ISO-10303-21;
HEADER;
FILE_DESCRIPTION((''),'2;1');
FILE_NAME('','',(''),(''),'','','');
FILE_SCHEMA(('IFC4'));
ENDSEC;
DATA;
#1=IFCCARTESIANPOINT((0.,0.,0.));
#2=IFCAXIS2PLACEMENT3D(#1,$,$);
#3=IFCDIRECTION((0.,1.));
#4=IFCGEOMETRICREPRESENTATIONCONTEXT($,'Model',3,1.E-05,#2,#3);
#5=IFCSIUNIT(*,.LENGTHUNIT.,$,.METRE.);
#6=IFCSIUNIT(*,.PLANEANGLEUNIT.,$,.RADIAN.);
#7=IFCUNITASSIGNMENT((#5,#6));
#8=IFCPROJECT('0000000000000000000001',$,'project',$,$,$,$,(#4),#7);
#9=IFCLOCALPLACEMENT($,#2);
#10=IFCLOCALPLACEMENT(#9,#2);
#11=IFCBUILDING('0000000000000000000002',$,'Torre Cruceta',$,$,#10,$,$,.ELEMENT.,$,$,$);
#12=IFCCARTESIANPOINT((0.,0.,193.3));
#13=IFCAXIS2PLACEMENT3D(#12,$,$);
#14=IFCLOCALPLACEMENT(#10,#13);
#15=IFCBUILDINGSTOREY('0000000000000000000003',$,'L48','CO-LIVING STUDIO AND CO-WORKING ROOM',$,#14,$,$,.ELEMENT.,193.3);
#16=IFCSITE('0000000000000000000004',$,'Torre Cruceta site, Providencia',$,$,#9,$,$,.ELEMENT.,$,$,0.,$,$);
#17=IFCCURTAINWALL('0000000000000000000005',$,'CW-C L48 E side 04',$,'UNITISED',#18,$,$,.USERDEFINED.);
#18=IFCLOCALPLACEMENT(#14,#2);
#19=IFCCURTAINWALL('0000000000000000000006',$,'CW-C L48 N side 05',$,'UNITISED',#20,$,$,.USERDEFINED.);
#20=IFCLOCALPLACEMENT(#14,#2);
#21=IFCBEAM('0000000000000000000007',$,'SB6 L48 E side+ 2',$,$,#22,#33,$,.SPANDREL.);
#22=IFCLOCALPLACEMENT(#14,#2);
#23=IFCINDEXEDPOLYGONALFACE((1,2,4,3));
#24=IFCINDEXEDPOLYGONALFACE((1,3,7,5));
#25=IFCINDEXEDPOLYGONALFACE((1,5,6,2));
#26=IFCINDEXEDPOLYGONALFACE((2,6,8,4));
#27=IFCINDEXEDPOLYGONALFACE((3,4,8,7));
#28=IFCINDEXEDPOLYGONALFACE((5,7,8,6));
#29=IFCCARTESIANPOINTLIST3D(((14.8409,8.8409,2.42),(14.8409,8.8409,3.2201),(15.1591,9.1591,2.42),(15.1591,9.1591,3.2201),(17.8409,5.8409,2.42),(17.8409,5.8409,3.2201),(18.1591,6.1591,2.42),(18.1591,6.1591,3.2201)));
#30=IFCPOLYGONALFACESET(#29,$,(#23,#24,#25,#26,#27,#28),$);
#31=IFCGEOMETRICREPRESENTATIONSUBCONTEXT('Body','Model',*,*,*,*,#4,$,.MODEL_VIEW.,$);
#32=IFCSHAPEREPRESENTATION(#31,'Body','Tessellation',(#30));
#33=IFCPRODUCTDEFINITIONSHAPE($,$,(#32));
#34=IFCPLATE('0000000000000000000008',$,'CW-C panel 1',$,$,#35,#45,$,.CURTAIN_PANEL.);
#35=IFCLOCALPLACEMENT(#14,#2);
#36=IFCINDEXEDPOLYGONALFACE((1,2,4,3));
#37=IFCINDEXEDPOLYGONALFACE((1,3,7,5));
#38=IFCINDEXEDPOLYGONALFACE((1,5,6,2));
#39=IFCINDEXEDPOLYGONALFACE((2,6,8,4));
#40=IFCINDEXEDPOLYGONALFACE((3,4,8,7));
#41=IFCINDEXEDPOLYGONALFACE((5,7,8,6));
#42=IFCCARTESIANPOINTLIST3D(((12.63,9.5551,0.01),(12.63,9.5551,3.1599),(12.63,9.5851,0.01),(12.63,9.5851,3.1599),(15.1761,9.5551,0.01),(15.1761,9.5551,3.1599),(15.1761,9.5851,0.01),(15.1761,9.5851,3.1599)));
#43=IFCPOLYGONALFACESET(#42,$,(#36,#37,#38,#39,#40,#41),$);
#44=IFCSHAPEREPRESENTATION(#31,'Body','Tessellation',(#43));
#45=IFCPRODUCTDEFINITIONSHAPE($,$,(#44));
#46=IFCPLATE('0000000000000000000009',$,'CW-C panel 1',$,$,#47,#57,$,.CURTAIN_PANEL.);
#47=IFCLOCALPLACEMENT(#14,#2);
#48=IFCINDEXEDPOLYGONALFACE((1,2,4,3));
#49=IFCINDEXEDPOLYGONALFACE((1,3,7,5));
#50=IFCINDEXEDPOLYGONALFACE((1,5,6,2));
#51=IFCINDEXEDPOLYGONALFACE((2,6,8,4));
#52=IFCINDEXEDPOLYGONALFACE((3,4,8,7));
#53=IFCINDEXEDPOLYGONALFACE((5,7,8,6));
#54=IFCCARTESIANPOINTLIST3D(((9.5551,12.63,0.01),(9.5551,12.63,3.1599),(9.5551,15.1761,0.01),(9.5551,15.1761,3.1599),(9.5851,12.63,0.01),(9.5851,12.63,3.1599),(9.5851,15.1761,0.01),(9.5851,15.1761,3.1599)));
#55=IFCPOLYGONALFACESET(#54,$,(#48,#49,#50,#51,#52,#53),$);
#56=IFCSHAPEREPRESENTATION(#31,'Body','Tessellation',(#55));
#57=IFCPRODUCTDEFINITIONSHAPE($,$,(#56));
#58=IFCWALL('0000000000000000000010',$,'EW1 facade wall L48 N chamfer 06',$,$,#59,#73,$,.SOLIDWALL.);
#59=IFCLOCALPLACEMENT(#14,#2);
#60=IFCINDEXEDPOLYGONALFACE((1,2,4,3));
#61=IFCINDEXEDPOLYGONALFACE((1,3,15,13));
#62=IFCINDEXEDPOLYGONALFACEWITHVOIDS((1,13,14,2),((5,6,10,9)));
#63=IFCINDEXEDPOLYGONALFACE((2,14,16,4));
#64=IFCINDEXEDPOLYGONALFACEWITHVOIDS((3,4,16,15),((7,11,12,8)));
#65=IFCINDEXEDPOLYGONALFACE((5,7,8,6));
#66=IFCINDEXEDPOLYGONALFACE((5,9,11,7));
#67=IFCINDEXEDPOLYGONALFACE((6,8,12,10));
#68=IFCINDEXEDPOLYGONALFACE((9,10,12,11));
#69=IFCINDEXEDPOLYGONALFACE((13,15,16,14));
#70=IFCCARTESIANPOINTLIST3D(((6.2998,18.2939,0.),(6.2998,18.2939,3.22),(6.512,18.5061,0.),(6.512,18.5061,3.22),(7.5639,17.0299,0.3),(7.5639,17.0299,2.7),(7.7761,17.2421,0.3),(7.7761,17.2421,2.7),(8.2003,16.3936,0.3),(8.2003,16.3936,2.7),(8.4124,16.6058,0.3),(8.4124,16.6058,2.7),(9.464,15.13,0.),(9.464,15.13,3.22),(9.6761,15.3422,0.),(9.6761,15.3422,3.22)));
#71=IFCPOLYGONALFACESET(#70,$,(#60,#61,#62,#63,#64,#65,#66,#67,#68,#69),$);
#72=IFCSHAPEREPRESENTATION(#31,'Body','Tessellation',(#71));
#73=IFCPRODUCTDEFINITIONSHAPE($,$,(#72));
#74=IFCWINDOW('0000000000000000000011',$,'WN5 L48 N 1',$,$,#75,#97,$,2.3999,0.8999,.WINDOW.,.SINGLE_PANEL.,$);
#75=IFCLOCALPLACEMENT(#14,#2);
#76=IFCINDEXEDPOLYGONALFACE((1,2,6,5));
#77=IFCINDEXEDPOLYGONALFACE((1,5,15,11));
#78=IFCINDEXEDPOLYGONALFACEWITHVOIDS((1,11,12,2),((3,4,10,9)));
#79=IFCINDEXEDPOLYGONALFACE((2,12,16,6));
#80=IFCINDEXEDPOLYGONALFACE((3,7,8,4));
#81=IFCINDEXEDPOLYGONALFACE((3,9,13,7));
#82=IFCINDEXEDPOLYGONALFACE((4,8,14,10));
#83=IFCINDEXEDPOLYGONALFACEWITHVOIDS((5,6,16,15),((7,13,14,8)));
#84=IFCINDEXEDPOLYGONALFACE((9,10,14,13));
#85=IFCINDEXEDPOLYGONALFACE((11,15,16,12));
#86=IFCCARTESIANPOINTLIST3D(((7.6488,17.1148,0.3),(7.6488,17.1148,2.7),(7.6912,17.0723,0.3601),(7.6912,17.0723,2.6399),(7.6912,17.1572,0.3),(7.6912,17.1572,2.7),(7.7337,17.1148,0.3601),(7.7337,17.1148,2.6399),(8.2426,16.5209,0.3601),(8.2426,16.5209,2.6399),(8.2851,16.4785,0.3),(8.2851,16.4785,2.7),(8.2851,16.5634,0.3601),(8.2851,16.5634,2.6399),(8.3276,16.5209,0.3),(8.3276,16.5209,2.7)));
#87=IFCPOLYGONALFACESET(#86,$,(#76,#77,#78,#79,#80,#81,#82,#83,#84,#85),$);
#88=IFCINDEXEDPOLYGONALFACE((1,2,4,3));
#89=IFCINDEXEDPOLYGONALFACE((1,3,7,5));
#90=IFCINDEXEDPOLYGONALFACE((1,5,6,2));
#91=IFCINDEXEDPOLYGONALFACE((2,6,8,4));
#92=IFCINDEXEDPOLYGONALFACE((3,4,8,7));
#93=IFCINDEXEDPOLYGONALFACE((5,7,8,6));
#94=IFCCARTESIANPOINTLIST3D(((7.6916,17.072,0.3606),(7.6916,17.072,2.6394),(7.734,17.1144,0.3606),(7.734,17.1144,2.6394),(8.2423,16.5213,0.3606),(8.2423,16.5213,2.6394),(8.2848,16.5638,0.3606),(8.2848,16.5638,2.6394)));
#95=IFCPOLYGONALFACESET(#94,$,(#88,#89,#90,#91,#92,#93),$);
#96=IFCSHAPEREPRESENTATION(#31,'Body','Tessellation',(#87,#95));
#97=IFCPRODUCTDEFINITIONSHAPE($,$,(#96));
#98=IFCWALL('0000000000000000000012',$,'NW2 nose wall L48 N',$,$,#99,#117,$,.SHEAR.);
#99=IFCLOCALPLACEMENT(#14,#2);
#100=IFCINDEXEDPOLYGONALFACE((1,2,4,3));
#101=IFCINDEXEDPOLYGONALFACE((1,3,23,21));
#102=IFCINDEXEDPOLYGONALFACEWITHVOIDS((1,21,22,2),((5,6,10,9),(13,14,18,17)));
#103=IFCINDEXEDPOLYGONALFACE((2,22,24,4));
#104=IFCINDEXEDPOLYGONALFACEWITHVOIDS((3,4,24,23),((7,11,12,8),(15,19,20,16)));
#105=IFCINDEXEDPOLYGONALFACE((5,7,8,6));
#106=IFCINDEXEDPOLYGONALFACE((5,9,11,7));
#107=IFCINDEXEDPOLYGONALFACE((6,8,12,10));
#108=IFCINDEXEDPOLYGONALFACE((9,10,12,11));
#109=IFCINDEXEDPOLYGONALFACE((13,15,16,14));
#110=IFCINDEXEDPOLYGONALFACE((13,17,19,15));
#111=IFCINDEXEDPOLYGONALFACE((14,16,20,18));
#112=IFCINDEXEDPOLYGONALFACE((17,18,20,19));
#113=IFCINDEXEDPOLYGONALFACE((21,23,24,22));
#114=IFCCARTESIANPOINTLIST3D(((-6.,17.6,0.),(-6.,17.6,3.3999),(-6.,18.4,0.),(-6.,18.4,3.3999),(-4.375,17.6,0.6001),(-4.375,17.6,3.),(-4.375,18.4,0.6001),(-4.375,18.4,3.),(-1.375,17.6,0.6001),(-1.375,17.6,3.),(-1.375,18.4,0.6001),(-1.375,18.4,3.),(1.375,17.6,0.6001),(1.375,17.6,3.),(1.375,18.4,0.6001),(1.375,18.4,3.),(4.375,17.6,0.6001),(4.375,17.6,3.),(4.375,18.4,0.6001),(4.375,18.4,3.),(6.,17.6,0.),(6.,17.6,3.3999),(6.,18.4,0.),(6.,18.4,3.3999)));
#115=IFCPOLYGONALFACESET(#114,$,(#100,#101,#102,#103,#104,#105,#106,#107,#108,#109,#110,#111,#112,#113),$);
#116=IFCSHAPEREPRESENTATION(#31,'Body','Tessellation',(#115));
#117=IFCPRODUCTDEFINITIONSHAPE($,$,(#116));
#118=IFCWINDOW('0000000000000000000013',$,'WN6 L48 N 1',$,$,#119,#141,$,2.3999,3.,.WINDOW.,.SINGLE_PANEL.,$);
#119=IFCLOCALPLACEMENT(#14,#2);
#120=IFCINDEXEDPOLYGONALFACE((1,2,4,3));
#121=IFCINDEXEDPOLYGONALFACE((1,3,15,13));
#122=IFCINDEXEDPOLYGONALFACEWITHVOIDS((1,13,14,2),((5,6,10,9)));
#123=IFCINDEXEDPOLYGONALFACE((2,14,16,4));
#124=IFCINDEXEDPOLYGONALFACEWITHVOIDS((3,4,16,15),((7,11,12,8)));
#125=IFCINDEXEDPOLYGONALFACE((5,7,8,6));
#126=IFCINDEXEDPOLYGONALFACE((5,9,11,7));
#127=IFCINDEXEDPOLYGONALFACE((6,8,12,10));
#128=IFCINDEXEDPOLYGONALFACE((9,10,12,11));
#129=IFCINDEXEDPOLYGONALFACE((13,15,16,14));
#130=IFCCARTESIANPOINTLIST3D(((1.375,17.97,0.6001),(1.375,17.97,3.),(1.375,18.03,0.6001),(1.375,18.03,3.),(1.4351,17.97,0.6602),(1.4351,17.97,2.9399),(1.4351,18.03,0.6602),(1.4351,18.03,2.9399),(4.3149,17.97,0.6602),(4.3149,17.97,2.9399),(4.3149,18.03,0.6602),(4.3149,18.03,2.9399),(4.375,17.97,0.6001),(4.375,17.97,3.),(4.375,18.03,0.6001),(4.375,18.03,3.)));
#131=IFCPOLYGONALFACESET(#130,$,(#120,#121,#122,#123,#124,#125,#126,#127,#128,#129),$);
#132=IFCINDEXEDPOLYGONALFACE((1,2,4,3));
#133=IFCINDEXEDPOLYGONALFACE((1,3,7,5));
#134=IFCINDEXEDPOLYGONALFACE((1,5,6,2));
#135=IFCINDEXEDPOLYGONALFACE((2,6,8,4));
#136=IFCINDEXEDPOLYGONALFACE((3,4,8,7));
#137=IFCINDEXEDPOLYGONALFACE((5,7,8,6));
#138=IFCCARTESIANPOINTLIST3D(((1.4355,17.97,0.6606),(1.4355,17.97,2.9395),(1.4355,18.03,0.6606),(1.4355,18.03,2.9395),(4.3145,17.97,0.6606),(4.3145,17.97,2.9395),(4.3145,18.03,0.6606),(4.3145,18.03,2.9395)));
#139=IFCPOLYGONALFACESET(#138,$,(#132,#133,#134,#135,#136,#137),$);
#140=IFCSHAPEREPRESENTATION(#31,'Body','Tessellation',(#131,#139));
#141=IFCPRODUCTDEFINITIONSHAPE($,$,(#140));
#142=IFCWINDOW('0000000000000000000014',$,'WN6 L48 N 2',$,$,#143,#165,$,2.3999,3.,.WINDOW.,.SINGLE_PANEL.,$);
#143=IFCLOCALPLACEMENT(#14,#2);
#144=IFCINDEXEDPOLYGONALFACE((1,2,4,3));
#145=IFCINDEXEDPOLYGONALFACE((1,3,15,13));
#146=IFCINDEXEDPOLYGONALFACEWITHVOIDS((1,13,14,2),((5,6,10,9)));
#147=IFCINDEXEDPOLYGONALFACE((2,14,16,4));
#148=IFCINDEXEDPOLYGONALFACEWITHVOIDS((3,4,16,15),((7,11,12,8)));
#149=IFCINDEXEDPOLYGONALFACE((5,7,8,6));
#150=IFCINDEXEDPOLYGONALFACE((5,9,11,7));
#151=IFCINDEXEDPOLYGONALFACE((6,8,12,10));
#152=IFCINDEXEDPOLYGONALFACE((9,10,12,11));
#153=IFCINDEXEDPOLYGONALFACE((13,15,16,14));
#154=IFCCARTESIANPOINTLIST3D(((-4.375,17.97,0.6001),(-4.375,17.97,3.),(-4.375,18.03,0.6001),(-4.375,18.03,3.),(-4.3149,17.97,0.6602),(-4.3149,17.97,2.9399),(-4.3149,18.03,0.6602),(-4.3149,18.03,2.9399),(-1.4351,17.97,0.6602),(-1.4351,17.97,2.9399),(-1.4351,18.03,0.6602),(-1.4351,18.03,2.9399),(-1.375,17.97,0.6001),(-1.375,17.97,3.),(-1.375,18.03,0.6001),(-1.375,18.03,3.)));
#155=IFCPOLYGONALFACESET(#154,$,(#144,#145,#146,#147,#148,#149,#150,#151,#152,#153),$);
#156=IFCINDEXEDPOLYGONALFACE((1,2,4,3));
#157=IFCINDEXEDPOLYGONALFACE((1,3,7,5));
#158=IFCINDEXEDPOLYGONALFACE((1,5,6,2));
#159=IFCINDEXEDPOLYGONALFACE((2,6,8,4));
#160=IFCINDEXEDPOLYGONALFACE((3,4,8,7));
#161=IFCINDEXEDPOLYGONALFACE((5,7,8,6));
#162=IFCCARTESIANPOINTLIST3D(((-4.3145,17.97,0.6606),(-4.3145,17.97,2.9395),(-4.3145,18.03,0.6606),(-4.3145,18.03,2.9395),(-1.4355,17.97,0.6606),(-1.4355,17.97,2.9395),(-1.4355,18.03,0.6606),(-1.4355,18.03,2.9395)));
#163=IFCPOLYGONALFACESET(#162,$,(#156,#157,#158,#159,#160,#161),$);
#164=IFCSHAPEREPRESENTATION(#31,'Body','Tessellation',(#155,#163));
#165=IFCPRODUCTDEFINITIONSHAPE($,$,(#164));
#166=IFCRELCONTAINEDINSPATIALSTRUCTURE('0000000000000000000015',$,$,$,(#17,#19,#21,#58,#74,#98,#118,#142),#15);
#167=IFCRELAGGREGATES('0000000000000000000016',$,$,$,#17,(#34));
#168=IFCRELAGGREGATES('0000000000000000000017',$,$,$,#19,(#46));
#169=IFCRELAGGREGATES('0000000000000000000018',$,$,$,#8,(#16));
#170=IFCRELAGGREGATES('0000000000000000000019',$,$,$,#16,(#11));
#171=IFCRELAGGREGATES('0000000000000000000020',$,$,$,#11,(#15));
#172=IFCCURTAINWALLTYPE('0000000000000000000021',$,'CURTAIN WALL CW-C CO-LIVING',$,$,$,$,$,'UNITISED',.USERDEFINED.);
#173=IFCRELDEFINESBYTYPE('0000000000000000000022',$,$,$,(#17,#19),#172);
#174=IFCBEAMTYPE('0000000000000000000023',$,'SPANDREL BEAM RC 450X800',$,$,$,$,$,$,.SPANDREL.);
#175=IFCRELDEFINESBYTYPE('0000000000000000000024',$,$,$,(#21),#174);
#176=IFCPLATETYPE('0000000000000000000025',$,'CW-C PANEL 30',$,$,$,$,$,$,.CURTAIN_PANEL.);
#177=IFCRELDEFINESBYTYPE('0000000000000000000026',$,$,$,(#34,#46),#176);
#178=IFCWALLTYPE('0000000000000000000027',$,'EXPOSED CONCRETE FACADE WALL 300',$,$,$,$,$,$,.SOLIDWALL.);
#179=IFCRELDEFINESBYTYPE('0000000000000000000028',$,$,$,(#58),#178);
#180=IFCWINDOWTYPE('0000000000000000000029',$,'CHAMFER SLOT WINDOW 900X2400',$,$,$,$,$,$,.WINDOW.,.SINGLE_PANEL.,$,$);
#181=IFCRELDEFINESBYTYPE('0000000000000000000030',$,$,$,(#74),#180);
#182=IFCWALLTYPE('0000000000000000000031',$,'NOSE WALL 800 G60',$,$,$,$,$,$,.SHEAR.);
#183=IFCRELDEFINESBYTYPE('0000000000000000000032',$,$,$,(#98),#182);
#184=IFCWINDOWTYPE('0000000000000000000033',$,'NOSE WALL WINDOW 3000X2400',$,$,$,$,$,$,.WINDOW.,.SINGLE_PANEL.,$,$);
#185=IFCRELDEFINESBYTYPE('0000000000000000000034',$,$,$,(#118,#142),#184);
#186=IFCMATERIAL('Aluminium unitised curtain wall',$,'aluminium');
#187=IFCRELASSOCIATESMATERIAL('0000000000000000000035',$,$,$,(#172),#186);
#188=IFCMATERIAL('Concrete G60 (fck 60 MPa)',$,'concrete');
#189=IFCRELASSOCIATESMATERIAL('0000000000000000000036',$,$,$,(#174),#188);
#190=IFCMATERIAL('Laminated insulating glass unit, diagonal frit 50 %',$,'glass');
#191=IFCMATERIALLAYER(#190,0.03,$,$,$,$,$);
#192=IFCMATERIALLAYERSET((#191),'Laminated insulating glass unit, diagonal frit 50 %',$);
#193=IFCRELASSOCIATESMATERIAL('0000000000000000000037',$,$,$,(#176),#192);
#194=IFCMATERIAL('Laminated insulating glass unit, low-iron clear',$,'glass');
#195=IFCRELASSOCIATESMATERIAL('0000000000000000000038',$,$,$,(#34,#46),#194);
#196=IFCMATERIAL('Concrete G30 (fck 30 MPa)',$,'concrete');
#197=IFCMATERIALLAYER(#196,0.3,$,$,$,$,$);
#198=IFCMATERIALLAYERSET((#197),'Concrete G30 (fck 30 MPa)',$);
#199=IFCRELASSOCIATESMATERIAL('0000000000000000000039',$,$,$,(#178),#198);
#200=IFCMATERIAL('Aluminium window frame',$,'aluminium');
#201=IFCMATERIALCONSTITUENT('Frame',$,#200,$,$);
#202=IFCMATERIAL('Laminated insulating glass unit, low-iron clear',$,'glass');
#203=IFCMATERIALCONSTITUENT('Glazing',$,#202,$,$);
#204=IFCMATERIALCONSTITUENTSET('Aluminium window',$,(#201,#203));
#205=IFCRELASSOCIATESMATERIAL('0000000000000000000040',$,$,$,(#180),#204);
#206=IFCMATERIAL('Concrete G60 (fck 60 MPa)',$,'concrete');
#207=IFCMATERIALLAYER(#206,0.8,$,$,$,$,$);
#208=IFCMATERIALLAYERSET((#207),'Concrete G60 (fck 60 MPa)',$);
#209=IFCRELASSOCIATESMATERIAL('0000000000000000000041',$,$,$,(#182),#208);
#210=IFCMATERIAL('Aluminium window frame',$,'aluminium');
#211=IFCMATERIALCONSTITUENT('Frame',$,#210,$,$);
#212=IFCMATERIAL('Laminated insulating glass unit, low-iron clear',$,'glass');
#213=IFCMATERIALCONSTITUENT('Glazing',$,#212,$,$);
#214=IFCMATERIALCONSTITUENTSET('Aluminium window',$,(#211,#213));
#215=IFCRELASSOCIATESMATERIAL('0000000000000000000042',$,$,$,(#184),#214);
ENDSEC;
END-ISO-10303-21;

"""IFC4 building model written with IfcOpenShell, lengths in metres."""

from ifc_helpers import new_model, si_unit, direction, frame, frame_2d, origin, origin_2d, place, context, subcontext, project, spatial, rectangle, hollow_rectangle, extrude, material, layer, layer_set, constituent, constituent_set, material_profile, profile_set, type_object, element, fill, aggregate, save


model = new_model("IFC4")

# Units and contexts
model_context = context("Model", 3, precision=1e-05, world=origin(), true_north=direction((0.0, 1.0)))
body_context = subcontext(model_context, "Body", "Model", "MODEL_VIEW")
ifc_project = project(units=[si_unit("LENGTHUNIT", "METRE"), si_unit("PLANEANGLEUNIT", "RADIAN")], contexts=[model_context])

# Site, building, storey
site_placement = place(None, origin())
site = spatial("IfcSite", under=ifc_project, at=site_placement, Name="Torre Cruceta site, Providencia", CompositionType="ELEMENT", RefElevation=0.0)
building_placement = place(site_placement, origin())
building = spatial("IfcBuilding", under=site, at=building_placement, Name="Torre Cruceta", CompositionType="ELEMENT")
storey_placement = place(building_placement, frame((0.0, 0.0, 193.3)))
storey = spatial("IfcBuildingStorey", under=building, at=storey_placement, Name="L48", Description="CO-LIVING STUDIO AND CO-WORKING ROOM", CompositionType="ELEMENT", Elevation=193.3)

# Curtain walls
ifc_material_1 = material(Name="Aluminium unitised curtain wall", Category="aluminium")
curtain_wall_type = type_object("IfcCurtainWallType", Name="CURTAIN WALL CW-C CO-LIVING", ElementType="UNITISED", PredefinedType="USERDEFINED", material=ifc_material_1)
curtain_wall_1_placement = place(storey_placement, origin())
curtain_wall_1 = element("IfcCurtainWall", 1, at=curtain_wall_1_placement, inside=storey, type_object=curtain_wall_type, Name="CW-C L48 E side 04", ObjectType="UNITISED", PredefinedType="USERDEFINED")
curtain_wall_2_placement = place(storey_placement, origin())
curtain_wall_2 = element("IfcCurtainWall", 2, at=curtain_wall_2_placement, inside=storey, type_object=curtain_wall_type, Name="CW-C L48 N side 05", ObjectType="UNITISED", PredefinedType="USERDEFINED")

# Beam
ifc_material_2 = material(Name="Concrete G60 (fck 60 MPa)", Category="concrete")
ifc_material_profile_1 = material_profile(ifc_material_2, rectangle(XDim=0.45, YDim=0.8, at=origin_2d()), Name="RC 450X800")
ifc_profile_set_1 = profile_set([ifc_material_profile_1], Name="Concrete G60 (fck 60 MPa)")
beam_type_1 = type_object("IfcBeamType", Name="SPANDREL BEAM RC 450X800", PredefinedType="SPANDREL", material=ifc_profile_set_1)
for number, where, z_axis, x_axis, name in (
    (3, (15.0, 9.0, 2.8201), (0.707107, -0.707107, 0.0), (0.707107, 0.707107, 0.0), "SB6 L48 E side+ 2"),
):
    element("IfcBeam", number, at=place(storey_placement, frame(where, z_axis=z_axis, x_axis=x_axis)), inside=storey, type_object=beam_type_1, Name=name, PredefinedType="SPANDREL", context=body_context, shape_type="SweptSolid", body=[
        extrude(rectangle(XDim=0.45, YDim=0.8, at=origin_2d()), origin(), (0.0, 0.0, 1.0), 4.2427),
    ])

# Plates
ifc_material_3 = material(Name="Laminated insulating glass unit, low-iron clear", Category="glass")
ifc_material_4 = material(Name="Laminated insulating glass unit, diagonal frit 50 %", Category="glass")
ifc_layer_1 = layer(ifc_material_4, 0.03)
ifc_layer_set_1 = layer_set([ifc_layer_1], Name="Laminated insulating glass unit, diagonal frit 50 %")
plate_type = type_object("IfcPlateType", Name="CW-C PANEL 30", PredefinedType="CURTAIN_PANEL", material=ifc_layer_set_1)
plate_1_placement = place(storey_placement, frame((13.9031, 9.5701, 0.01), z_axis=(0.0, 0.0, 1.0), x_axis=(-1.0, 0.0, 0.0)))
plate_1 = element("IfcPlate", 4, at=plate_1_placement, type_object=plate_type, material=ifc_material_3, Name="CW-C panel 1", PredefinedType="CURTAIN_PANEL", context=body_context, shape_type="SweptSolid", body=[
    extrude(rectangle(XDim=2.5461, YDim=0.03, at=origin_2d()), origin(), (0.0, 0.0, 1.0), 3.1499),
])
aggregate(curtain_wall_1, [plate_1])
plate_2_placement = place(storey_placement, frame((9.5701, 13.9031, 0.01), z_axis=(0.0, 0.0, 1.0), x_axis=(0.0, 1.0, 0.0)))
plate_2 = element("IfcPlate", 5, at=plate_2_placement, type_object=plate_type, material=ifc_material_3, Name="CW-C panel 1", PredefinedType="CURTAIN_PANEL", context=body_context, shape_type="SweptSolid", body=[
    extrude(rectangle(XDim=2.5461, YDim=0.03, at=origin_2d()), origin(), (0.0, 0.0, 1.0), 3.1499),
])
aggregate(curtain_wall_2, [plate_2])

# Wall, opening, window
ifc_material_5 = material(Name="Concrete G30 (fck 30 MPa)", Category="concrete")
ifc_layer_2 = layer(ifc_material_5, 0.3)
ifc_layer_set_2 = layer_set([ifc_layer_2], Name="Concrete G30 (fck 30 MPa)")
wall_type_1 = type_object("IfcWallType", Name="EXPOSED CONCRETE FACADE WALL 300", PredefinedType="SOLIDWALL", material=ifc_layer_set_2)
wall_1_placement = place(storey_placement, frame((9.5701, 15.2361, 0.0), z_axis=(0.0, 0.0, 1.0), x_axis=(-0.707134, 0.707079, 0.0)))
wall_1 = element("IfcWall", 6, at=wall_1_placement, inside=storey, type_object=wall_type_1, Name="EW1 facade wall L48 N chamfer 06", PredefinedType="SOLIDWALL", context=body_context, shape_type="SweptSolid", body=[
    extrude(rectangle(XDim=4.4746, YDim=0.3, at=frame_2d((2.2373, 0.0))), origin(), (0.0, 0.0, 1.0), 3.22),
])
opening_1_placement = place(wall_1_placement, frame((1.7871, 0.0, 0.3)))
opening_1 = element("IfcOpeningElement", 7, at=opening_1_placement, cuts=wall_1, PredefinedType="OPENING", context=body_context, shape_type="SweptSolid", body=[
    extrude(rectangle(XDim=0.8999, YDim=2.3999, at=frame_2d((0.45, 1.2))), frame((0.0, 0.1599, 0.0), z_axis=(0.0, -1.0, 0.0), x_axis=(1.0, 0.0, 0.0)), (0.0, 0.0, 1.0), 0.3201),
])
ifc_material_6 = material(Name="Aluminium window frame", Category="aluminium")
ifc_constituent_1 = constituent(ifc_material_6, Name="Frame")
ifc_material_7 = material(Name="Laminated insulating glass unit, low-iron clear", Category="glass")
ifc_constituent_2 = constituent(ifc_material_7, Name="Glazing")
ifc_constituent_set_1 = constituent_set(constituents=[ifc_constituent_1, ifc_constituent_2], Name="Aluminium window")
window_type_1 = type_object("IfcWindowType", Name="CHAMFER SLOT WINDOW 900X2400", PartitioningType="SINGLE_PANEL", PredefinedType="WINDOW", material=ifc_constituent_set_1)
window_1_placement = place(opening_1_placement, origin())
window_1 = element("IfcWindow", 8, at=window_1_placement, inside=storey, type_object=window_type_1, Name="WN5 L48 N 1", OverallHeight=2.3999, OverallWidth=0.8999, PartitioningType="SINGLE_PANEL", PredefinedType="WINDOW", context=body_context, shape_type="SweptSolid", body=[
    extrude(hollow_rectangle(XDim=0.8999, YDim=2.3999, WallThickness=0.0601, at=frame_2d((0.45, 1.2))), frame((0.0, 0.03, 0.0), z_axis=(0.0, -1.0, 0.0), x_axis=(1.0, 0.0, 0.0)), (0.0, 0.0, 1.0), 0.0601),
    extrude(rectangle(XDim=0.7788, YDim=2.2788, at=frame_2d((0.45, 1.2))), frame((0.0, 0.03, 0.0), z_axis=(0.0, -1.0, 0.0), x_axis=(1.0, 0.0, 0.0)), (0.0, 0.0, 1.0), 0.0601),
])
fill(opening_1, window_1)

# Wall, openings, windows
ifc_material_8 = material(Name="Concrete G60 (fck 60 MPa)", Category="concrete")
ifc_layer_3 = layer(ifc_material_8, 0.8)
ifc_layer_set_3 = layer_set([ifc_layer_3], Name="Concrete G60 (fck 60 MPa)")
wall_type_2 = type_object("IfcWallType", Name="NOSE WALL 800 G60", PredefinedType="SHEAR", material=ifc_layer_set_3)
wall_2_placement = place(storey_placement, frame((6.0, 18.0, 0.0), z_axis=(0.0, 0.0, 1.0), x_axis=(-1.0, 0.0, 0.0)))
wall_2 = element("IfcWall", 9, at=wall_2_placement, inside=storey, type_object=wall_type_2, Name="NW2 nose wall L48 N", PredefinedType="SHEAR", context=body_context, shape_type="SweptSolid", body=[
    extrude(rectangle(XDim=12.0, YDim=0.8, at=frame_2d((6.0, 0.0))), origin(), (0.0, 0.0, 1.0), 3.3999),
])
opening_2_placement = place(wall_2_placement, frame((1.625, 0.0, 0.6001)))
opening_2 = element("IfcOpeningElement", 10, at=opening_2_placement, cuts=wall_2, PredefinedType="OPENING", context=body_context, shape_type="SweptSolid", body=[
    extrude(rectangle(XDim=3.0, YDim=2.3999, at=frame_2d((1.5, 1.2))), frame((0.0, 0.4099, 0.0), z_axis=(0.0, -1.0, 0.0), x_axis=(1.0, 0.0, 0.0)), (0.0, 0.0, 1.0), 0.8201),
])
opening_3_placement = place(wall_2_placement, frame((7.375, 0.0, 0.6001)))
opening_3 = element("IfcOpeningElement", 11, at=opening_3_placement, cuts=wall_2, PredefinedType="OPENING", context=body_context, shape_type="SweptSolid", body=[
    extrude(rectangle(XDim=3.0, YDim=2.3999, at=frame_2d((1.5, 1.2))), frame((0.0, 0.4099, 0.0), z_axis=(0.0, -1.0, 0.0), x_axis=(1.0, 0.0, 0.0)), (0.0, 0.0, 1.0), 0.8201),
])
ifc_material_9 = material(Name="Aluminium window frame", Category="aluminium")
ifc_constituent_3 = constituent(ifc_material_9, Name="Frame")
ifc_material_10 = material(Name="Laminated insulating glass unit, low-iron clear", Category="glass")
ifc_constituent_4 = constituent(ifc_material_10, Name="Glazing")
ifc_constituent_set_2 = constituent_set(constituents=[ifc_constituent_3, ifc_constituent_4], Name="Aluminium window")
window_type_2 = type_object("IfcWindowType", Name="NOSE WALL WINDOW 3000X2400", PartitioningType="SINGLE_PANEL", PredefinedType="WINDOW", material=ifc_constituent_set_2)
window_2_placement = place(opening_2_placement, origin())
window_2 = element("IfcWindow", 12, at=window_2_placement, inside=storey, type_object=window_type_2, Name="WN6 L48 N 1", OverallHeight=2.3999, OverallWidth=3.0, PartitioningType="SINGLE_PANEL", PredefinedType="WINDOW", context=body_context, shape_type="SweptSolid", body=[
    extrude(hollow_rectangle(XDim=3.0, YDim=2.3999, WallThickness=0.0601, at=frame_2d((1.5, 1.2))), frame((0.0, 0.03, 0.0), z_axis=(0.0, -1.0, 0.0), x_axis=(1.0, 0.0, 0.0)), (0.0, 0.0, 1.0), 0.0601),
    extrude(rectangle(XDim=2.8789, YDim=2.2788, at=frame_2d((1.5, 1.2))), frame((0.0, 0.03, 0.0), z_axis=(0.0, -1.0, 0.0), x_axis=(1.0, 0.0, 0.0)), (0.0, 0.0, 1.0), 0.0601),
])
fill(opening_2, window_2)
window_3_placement = place(opening_3_placement, origin())
window_3 = element("IfcWindow", 13, at=window_3_placement, inside=storey, type_object=window_type_2, Name="WN6 L48 N 2", OverallHeight=2.3999, OverallWidth=3.0, PartitioningType="SINGLE_PANEL", PredefinedType="WINDOW", context=body_context, shape_type="SweptSolid", body=[
    extrude(hollow_rectangle(XDim=3.0, YDim=2.3999, WallThickness=0.0601, at=frame_2d((1.5, 1.2))), frame((0.0, 0.03, 0.0), z_axis=(0.0, -1.0, 0.0), x_axis=(1.0, 0.0, 0.0)), (0.0, 0.0, 1.0), 0.0601),
    extrude(rectangle(XDim=2.8789, YDim=2.2788, at=frame_2d((1.5, 1.2))), frame((0.0, 0.03, 0.0), z_axis=(0.0, -1.0, 0.0), x_axis=(1.0, 0.0, 0.0)), (0.0, 0.0, 1.0), 0.0601),
])
fill(opening_3, window_3)

save(model, "model.ifc")
